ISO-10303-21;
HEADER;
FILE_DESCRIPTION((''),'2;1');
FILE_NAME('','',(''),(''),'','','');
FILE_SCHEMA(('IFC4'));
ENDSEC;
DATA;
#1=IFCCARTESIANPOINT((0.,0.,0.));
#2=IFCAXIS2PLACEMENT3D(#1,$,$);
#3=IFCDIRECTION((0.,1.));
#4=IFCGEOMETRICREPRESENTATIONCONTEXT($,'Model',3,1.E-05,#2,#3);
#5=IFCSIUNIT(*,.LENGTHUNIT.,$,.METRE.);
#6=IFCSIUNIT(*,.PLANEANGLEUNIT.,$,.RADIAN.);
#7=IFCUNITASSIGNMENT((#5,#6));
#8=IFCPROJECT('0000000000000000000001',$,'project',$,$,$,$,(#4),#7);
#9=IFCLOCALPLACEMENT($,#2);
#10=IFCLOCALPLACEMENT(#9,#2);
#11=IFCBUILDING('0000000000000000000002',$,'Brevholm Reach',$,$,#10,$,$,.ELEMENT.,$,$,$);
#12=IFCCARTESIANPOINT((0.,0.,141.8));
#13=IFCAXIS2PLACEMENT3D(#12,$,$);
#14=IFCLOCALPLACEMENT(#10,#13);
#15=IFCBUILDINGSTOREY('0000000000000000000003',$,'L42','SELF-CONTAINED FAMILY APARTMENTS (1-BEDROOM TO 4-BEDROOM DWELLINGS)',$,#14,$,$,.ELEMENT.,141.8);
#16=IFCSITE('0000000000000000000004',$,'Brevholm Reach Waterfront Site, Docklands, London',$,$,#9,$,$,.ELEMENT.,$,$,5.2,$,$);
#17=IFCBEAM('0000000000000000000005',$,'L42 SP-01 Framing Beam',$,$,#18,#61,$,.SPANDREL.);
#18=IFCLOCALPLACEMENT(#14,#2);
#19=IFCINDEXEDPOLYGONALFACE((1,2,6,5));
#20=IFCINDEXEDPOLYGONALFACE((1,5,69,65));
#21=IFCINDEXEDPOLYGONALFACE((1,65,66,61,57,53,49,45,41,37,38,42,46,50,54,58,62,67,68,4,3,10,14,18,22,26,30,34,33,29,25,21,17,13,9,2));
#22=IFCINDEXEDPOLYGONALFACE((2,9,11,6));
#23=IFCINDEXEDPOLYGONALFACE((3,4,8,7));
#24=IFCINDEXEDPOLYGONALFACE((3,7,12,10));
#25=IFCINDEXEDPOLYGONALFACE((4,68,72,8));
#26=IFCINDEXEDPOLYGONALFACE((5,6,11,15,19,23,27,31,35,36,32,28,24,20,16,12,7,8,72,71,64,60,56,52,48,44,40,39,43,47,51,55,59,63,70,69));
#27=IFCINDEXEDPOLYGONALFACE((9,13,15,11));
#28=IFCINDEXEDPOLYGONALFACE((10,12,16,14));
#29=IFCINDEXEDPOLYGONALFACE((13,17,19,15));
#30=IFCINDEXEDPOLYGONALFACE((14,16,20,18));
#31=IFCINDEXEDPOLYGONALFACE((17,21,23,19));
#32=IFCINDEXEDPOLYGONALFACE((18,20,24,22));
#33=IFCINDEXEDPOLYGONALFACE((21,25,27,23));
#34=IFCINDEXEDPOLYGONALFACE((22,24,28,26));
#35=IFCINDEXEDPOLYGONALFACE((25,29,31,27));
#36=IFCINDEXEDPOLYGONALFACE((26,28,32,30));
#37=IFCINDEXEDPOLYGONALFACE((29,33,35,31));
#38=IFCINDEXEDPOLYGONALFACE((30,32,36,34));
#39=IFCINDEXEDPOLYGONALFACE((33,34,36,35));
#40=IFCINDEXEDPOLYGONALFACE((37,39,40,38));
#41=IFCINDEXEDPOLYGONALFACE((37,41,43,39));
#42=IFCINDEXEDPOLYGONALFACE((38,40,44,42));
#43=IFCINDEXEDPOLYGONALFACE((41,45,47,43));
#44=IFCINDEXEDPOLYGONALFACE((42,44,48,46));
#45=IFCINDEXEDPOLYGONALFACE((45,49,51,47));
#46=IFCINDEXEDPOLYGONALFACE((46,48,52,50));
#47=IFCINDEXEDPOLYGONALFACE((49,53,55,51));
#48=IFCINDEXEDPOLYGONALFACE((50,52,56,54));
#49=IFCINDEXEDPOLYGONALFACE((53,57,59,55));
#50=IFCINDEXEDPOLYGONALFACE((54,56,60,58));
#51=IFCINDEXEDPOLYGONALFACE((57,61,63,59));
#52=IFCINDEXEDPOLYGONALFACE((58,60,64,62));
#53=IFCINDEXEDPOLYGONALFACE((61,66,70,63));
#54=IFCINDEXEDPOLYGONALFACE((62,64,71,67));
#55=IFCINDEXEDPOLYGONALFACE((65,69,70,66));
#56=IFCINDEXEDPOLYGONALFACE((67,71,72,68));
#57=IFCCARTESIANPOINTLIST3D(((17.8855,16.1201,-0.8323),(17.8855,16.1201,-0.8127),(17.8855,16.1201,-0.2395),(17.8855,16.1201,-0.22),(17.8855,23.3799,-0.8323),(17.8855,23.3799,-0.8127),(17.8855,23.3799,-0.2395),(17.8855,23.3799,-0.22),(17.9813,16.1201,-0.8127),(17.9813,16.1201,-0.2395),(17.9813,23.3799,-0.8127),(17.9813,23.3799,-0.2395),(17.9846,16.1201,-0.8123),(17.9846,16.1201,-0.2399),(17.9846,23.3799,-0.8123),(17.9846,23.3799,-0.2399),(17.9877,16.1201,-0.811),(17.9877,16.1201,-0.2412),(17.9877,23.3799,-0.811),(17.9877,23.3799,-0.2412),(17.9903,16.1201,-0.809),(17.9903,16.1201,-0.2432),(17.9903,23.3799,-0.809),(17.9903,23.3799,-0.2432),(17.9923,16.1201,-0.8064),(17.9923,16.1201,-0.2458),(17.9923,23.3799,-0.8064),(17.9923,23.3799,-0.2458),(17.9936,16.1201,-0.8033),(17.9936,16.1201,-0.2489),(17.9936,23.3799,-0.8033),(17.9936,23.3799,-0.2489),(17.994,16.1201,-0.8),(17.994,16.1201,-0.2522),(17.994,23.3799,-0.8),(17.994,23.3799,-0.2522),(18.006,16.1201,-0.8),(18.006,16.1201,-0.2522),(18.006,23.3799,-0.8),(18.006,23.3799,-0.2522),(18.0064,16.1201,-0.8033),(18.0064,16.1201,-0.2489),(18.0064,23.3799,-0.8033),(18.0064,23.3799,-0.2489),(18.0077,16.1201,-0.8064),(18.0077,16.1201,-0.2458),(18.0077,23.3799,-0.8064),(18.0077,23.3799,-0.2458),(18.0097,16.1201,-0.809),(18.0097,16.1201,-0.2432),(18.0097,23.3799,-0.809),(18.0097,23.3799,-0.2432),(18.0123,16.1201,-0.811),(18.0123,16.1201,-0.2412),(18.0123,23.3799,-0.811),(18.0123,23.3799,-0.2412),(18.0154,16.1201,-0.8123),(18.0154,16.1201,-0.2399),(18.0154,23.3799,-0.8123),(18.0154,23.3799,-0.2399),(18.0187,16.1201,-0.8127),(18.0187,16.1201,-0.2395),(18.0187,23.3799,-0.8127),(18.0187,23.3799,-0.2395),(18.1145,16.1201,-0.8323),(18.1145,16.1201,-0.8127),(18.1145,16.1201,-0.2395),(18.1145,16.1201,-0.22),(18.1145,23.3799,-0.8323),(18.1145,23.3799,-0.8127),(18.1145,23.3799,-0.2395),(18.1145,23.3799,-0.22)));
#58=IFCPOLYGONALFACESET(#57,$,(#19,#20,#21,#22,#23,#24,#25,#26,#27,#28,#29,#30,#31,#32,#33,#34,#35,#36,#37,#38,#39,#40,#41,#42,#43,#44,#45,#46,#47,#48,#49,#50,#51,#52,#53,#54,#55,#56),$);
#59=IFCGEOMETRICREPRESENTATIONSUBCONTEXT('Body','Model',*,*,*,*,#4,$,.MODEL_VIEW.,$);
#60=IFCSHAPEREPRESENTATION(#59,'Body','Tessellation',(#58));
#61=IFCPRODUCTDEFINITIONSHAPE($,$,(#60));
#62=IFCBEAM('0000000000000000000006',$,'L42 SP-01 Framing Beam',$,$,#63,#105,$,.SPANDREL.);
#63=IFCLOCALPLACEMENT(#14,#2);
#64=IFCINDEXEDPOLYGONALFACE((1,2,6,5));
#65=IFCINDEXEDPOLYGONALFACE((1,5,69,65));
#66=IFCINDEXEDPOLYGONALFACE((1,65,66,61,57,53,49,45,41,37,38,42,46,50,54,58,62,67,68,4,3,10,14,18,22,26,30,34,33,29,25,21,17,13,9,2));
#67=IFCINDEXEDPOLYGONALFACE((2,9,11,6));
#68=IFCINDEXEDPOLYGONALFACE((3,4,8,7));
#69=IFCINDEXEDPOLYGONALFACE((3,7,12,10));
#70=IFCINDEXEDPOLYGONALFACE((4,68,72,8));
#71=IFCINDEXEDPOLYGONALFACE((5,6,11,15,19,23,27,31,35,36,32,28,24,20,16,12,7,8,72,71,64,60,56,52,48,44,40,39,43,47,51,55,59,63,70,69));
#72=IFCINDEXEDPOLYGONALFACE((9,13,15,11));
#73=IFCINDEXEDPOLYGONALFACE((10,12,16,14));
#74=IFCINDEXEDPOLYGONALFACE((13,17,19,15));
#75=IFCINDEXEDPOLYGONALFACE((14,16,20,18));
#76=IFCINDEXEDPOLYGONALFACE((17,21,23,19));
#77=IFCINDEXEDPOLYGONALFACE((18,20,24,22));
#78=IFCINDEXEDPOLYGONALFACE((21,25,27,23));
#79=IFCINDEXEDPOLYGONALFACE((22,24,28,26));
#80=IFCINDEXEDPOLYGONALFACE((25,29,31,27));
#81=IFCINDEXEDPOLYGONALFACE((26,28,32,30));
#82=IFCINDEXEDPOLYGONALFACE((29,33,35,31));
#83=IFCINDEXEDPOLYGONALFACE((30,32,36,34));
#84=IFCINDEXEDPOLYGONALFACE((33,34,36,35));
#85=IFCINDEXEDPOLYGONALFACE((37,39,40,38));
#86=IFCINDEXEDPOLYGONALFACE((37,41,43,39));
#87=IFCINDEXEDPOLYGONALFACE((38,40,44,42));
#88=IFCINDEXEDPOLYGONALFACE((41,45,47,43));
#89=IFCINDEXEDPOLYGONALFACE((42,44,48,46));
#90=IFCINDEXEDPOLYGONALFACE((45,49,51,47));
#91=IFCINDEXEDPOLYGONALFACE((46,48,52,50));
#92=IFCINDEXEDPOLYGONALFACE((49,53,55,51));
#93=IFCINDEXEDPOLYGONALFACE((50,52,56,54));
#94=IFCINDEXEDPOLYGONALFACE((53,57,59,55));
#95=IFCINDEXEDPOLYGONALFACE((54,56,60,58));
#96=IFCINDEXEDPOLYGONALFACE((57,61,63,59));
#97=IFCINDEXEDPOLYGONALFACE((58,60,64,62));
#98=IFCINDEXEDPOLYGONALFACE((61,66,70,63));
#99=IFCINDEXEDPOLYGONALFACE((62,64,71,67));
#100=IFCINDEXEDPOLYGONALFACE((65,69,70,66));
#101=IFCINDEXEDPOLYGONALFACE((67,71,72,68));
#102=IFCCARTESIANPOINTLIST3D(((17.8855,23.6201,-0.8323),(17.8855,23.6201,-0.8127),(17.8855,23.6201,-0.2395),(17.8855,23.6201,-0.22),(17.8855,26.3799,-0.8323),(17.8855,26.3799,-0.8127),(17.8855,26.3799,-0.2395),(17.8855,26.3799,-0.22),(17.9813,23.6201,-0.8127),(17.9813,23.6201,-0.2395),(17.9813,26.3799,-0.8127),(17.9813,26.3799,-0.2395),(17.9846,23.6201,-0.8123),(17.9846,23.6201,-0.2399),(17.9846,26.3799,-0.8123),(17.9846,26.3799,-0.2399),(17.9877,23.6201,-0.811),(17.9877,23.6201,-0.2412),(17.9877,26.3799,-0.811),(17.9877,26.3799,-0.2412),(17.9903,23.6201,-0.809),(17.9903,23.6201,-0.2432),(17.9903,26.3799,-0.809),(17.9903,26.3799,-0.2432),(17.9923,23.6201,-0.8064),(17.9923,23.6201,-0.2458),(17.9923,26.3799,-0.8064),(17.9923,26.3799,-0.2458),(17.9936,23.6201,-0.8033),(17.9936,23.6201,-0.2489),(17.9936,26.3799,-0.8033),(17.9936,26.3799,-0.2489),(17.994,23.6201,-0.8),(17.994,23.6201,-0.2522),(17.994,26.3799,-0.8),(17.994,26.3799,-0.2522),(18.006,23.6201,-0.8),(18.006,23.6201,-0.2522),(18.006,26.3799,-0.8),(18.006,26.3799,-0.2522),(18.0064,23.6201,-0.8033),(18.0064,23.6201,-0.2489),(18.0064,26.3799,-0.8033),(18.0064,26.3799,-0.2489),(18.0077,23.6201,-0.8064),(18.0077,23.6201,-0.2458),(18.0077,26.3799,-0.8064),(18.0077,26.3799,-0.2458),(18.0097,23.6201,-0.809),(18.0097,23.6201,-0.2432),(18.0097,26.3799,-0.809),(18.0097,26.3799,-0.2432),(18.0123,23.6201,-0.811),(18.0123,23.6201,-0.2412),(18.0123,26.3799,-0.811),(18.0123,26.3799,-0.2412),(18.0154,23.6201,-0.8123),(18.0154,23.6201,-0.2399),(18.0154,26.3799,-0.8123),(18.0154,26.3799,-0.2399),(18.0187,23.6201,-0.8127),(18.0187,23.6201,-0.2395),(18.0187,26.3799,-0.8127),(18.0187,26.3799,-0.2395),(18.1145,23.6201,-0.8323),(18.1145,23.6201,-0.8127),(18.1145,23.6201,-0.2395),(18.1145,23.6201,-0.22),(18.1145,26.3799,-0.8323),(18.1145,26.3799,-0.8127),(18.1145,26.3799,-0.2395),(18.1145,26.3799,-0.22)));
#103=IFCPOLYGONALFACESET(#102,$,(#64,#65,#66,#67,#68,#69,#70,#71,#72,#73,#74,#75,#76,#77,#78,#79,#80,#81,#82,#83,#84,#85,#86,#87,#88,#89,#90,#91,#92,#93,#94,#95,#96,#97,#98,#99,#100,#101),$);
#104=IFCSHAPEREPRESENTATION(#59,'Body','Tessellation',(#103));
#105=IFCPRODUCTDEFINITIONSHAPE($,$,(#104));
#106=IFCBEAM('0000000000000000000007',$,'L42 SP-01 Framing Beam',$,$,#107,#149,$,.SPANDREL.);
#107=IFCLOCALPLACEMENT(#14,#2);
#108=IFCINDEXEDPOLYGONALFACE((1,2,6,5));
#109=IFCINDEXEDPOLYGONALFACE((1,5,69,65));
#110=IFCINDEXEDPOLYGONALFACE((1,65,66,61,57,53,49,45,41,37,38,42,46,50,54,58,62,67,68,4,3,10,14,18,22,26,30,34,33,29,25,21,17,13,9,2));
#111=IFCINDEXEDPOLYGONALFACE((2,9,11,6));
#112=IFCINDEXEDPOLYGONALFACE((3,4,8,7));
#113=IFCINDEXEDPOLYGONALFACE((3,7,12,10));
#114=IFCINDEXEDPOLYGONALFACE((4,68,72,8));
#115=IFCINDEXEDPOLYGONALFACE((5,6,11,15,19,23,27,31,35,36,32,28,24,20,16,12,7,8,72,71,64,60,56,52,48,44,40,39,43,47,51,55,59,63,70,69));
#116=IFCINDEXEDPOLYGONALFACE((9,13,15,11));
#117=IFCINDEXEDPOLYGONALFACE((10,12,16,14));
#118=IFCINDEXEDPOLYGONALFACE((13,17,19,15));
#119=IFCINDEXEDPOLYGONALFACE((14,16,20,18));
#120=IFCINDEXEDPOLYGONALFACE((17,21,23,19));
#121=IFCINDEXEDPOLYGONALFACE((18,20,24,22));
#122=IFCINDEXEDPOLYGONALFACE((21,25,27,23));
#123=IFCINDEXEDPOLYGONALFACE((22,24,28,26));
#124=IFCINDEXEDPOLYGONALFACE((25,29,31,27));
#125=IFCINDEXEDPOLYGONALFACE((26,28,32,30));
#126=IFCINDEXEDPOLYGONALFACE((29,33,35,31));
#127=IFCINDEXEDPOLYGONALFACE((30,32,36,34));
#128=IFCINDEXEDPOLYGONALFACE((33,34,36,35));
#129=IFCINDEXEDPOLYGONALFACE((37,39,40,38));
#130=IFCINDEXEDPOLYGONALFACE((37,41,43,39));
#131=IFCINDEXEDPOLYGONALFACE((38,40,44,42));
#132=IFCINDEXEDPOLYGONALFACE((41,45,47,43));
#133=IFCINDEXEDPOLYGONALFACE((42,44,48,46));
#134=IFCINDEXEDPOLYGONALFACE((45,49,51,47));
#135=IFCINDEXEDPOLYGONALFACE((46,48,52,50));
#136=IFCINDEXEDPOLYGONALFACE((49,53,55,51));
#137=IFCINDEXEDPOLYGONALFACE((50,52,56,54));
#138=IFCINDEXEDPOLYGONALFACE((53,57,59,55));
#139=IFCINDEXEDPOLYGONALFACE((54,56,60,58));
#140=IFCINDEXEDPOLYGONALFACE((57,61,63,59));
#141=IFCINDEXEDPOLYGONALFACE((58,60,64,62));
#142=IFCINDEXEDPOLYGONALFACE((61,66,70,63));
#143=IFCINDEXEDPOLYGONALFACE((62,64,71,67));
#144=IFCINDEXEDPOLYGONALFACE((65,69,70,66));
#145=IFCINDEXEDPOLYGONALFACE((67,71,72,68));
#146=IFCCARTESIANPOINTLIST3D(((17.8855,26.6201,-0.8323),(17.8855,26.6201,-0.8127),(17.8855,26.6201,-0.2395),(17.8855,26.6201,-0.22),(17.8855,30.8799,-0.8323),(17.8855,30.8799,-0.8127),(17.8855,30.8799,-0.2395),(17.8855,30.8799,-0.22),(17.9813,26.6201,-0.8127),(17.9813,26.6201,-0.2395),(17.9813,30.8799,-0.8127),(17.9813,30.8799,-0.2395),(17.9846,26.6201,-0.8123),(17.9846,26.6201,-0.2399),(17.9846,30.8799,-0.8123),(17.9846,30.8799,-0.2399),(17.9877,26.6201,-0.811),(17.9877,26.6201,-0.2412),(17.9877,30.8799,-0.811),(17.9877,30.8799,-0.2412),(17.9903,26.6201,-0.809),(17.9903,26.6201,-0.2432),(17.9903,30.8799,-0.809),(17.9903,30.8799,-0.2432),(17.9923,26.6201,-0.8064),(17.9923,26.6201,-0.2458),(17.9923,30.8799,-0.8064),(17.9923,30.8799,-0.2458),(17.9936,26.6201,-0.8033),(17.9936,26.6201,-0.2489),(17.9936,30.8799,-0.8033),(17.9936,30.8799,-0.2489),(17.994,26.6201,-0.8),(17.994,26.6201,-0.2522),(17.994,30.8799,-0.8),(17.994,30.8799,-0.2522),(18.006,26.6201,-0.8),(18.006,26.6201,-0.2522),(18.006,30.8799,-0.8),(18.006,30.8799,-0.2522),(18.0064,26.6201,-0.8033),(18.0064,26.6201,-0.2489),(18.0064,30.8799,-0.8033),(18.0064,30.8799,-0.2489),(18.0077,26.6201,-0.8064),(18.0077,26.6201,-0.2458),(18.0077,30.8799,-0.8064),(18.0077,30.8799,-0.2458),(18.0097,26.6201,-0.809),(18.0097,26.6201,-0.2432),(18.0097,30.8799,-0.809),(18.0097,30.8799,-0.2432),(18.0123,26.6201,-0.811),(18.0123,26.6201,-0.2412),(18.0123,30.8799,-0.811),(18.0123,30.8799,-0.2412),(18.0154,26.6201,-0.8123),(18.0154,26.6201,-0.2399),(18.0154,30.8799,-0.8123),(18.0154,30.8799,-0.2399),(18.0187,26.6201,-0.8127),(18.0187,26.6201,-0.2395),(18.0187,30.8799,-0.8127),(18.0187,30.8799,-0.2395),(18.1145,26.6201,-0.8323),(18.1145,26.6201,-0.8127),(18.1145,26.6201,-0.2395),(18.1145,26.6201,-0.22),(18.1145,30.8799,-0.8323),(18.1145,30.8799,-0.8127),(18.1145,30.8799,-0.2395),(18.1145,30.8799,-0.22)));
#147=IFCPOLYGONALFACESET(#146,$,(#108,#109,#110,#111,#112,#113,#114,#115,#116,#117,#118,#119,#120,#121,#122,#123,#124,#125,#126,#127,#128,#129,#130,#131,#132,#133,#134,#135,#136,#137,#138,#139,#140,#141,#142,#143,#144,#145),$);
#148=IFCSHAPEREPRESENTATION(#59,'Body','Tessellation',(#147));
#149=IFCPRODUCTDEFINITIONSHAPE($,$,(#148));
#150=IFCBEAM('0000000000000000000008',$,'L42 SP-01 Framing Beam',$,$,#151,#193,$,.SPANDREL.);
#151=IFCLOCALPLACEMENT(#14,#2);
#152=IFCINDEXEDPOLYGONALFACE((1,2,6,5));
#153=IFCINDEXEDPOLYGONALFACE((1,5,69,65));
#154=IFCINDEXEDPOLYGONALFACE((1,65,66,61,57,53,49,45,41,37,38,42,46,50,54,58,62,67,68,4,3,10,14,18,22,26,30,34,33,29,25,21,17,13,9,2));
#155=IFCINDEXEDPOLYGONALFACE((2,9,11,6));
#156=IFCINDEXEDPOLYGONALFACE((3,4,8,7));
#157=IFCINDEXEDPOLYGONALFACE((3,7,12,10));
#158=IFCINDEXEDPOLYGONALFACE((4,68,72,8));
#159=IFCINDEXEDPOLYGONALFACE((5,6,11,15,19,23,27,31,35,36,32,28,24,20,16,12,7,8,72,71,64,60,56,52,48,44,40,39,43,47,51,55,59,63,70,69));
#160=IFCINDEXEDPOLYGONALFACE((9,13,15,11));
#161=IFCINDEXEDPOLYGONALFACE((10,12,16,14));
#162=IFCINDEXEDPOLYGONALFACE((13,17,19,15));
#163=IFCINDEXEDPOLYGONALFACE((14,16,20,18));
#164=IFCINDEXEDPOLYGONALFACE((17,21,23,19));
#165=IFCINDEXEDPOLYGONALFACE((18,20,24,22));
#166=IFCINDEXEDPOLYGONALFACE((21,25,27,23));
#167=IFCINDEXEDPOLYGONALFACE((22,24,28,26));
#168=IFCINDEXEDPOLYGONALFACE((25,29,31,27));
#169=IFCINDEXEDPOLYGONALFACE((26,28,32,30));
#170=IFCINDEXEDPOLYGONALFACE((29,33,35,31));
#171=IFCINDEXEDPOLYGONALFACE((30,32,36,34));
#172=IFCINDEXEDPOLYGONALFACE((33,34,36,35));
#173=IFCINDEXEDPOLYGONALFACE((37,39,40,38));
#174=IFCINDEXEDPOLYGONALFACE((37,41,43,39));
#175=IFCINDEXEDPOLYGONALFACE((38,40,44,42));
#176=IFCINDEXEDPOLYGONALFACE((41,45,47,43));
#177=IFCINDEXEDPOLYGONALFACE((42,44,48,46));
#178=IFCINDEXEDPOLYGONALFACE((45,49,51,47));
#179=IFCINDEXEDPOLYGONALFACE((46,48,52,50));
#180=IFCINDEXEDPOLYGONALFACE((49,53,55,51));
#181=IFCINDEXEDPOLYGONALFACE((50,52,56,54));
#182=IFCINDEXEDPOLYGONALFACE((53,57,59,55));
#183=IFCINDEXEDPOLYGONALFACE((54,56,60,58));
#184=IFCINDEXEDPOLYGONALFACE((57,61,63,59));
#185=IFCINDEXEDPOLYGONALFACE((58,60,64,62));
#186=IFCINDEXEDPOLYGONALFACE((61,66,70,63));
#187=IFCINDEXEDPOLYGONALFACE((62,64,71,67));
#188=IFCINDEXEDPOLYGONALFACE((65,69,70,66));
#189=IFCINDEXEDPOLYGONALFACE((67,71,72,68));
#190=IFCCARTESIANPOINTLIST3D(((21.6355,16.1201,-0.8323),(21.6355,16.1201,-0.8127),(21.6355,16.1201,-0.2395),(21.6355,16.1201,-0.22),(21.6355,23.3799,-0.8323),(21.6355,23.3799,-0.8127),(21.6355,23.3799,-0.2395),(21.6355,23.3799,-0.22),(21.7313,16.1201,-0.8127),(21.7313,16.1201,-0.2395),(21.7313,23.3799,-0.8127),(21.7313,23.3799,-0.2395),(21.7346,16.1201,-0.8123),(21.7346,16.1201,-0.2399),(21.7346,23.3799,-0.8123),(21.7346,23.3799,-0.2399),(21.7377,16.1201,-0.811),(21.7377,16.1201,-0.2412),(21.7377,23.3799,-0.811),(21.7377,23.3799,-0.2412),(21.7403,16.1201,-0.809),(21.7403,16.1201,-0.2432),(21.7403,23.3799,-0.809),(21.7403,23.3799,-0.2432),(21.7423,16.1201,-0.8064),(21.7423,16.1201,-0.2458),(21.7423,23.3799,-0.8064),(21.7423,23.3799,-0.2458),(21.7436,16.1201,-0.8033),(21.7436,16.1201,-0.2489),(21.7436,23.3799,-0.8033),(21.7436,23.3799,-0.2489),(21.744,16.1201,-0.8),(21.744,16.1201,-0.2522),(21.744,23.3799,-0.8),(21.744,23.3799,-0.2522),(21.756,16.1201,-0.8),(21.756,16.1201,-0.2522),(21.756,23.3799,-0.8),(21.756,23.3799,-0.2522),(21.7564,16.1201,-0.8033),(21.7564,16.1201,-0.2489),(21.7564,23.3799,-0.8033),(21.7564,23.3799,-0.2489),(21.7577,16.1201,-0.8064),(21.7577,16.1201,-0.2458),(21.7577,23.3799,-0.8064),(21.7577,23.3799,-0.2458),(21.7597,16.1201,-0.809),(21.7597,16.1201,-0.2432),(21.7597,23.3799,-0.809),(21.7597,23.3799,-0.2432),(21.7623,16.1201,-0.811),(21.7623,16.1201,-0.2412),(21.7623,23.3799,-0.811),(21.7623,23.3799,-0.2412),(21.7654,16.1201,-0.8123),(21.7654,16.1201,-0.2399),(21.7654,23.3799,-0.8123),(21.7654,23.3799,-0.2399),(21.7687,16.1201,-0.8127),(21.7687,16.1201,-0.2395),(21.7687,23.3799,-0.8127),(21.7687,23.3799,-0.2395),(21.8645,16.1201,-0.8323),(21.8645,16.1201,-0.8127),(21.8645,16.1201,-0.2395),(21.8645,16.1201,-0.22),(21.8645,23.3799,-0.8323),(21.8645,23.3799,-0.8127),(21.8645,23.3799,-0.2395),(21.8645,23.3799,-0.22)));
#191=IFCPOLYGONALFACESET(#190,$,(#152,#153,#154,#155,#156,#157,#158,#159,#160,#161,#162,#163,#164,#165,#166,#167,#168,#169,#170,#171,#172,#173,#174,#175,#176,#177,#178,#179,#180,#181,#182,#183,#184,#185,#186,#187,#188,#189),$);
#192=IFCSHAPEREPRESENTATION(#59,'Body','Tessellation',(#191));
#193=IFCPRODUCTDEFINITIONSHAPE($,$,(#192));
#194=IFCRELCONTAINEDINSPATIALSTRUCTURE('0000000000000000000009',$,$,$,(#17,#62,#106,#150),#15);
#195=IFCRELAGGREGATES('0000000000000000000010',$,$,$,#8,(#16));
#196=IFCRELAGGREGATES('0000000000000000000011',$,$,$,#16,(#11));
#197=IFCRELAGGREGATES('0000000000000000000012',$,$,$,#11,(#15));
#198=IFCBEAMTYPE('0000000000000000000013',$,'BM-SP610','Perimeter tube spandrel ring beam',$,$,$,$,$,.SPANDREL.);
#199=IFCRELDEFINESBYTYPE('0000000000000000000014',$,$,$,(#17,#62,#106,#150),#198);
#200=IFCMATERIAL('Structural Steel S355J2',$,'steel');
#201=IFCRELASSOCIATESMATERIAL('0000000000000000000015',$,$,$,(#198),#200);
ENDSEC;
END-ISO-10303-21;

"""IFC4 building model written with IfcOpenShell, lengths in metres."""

from ifc_helpers import new_model, si_unit, direction, frame, origin, origin_2d, place, context, subcontext, project, spatial, i_section, extrude, material, material_profile, profile_set, type_object, element, save


model = new_model("IFC4")

# Units and contexts
model_context = context("Model", 3, precision=1e-05, world=origin(), true_north=direction((0.0, 1.0)))
body_context = subcontext(model_context, "Body", "Model", "MODEL_VIEW")
ifc_project = project(units=[si_unit("LENGTHUNIT", "METRE"), si_unit("PLANEANGLEUNIT", "RADIAN")], contexts=[model_context])

# Site, building, storey
site_placement = place(None, origin())
site = spatial("IfcSite", under=ifc_project, at=site_placement, Name="Brevholm Reach Waterfront Site, Docklands, London", CompositionType="ELEMENT", RefElevation=5.2)
building_placement = place(site_placement, origin())
building = spatial("IfcBuilding", under=site, at=building_placement, Name="Brevholm Reach", CompositionType="ELEMENT")
storey_placement = place(building_placement, frame((0.0, 0.0, 141.8)))
storey = spatial("IfcBuildingStorey", under=building, at=storey_placement, Name="L42", Description="SELF-CONTAINED FAMILY APARTMENTS (1-BEDROOM TO 4-BEDROOM DWELLINGS)", CompositionType="ELEMENT", Elevation=141.8)

# Beams
ifc_material_1 = material(Name="Structural Steel S355J2", Category="steel")
ifc_material_profile_1 = material_profile(ifc_material_1, i_section(OverallWidth=0.229, OverallDepth=0.6123, WebThickness=0.012, FlangeThickness=0.0195, FilletRadius=0.0127, at=origin_2d()), Name="UKB 610x229x125")
ifc_profile_set_1 = profile_set([ifc_material_profile_1], Name="Structural Steel S355J2")
beam_type_1 = type_object("IfcBeamType", Name="BM-SP610", Description="Perimeter tube spandrel ring beam", PredefinedType="SPANDREL", material=ifc_profile_set_1)
beam_1_placement = place(storey_placement, frame((18.0, 16.1201, -0.5261), z_axis=(0.0, 1.0, 0.0), x_axis=(-1.0, 0.0, 0.0)))
element("IfcBeam", 1, at=beam_1_placement, inside=storey, type_object=beam_type_1, Name="L42 SP-01 Framing Beam", PredefinedType="SPANDREL", context=body_context, shape_type="SweptSolid", body=[
    extrude(i_section(OverallWidth=0.229, OverallDepth=0.6123, WebThickness=0.012, FlangeThickness=0.0195, FilletRadius=0.0127, at=origin_2d()), origin(), (0.0, 0.0, 1.0), 7.2598),
])
beam_2_placement = place(storey_placement, frame((18.0, 23.6201, -0.5261), z_axis=(0.0, 1.0, 0.0), x_axis=(-1.0, 0.0, 0.0)))
element("IfcBeam", 2, at=beam_2_placement, inside=storey, type_object=beam_type_1, Name="L42 SP-01 Framing Beam", PredefinedType="SPANDREL", context=body_context, shape_type="SweptSolid", body=[
    extrude(i_section(OverallWidth=0.229, OverallDepth=0.6123, WebThickness=0.012, FlangeThickness=0.0195, FilletRadius=0.0127, at=origin_2d()), origin(), (0.0, 0.0, 1.0), 2.7598),
])
beam_3_placement = place(storey_placement, frame((18.0, 26.6201, -0.5261), z_axis=(0.0, 1.0, 0.0), x_axis=(-1.0, 0.0, 0.0)))
element("IfcBeam", 3, at=beam_3_placement, inside=storey, type_object=beam_type_1, Name="L42 SP-01 Framing Beam", PredefinedType="SPANDREL", context=body_context, shape_type="SweptSolid", body=[
    extrude(i_section(OverallWidth=0.229, OverallDepth=0.6123, WebThickness=0.012, FlangeThickness=0.0195, FilletRadius=0.0127, at=origin_2d()), origin(), (0.0, 0.0, 1.0), 4.2598),
])
beam_4_placement = place(storey_placement, frame((21.75, 16.1201, -0.5261), z_axis=(0.0, 1.0, 0.0), x_axis=(-1.0, 0.0, 0.0)))
element("IfcBeam", 4, at=beam_4_placement, inside=storey, type_object=beam_type_1, Name="L42 SP-01 Framing Beam", PredefinedType="SPANDREL", context=body_context, shape_type="SweptSolid", body=[
    extrude(i_section(OverallWidth=0.229, OverallDepth=0.6123, WebThickness=0.012, FlangeThickness=0.0195, FilletRadius=0.0127, at=origin_2d()), origin(), (0.0, 0.0, 1.0), 7.2598),
])

save(model, "model.ifc")
